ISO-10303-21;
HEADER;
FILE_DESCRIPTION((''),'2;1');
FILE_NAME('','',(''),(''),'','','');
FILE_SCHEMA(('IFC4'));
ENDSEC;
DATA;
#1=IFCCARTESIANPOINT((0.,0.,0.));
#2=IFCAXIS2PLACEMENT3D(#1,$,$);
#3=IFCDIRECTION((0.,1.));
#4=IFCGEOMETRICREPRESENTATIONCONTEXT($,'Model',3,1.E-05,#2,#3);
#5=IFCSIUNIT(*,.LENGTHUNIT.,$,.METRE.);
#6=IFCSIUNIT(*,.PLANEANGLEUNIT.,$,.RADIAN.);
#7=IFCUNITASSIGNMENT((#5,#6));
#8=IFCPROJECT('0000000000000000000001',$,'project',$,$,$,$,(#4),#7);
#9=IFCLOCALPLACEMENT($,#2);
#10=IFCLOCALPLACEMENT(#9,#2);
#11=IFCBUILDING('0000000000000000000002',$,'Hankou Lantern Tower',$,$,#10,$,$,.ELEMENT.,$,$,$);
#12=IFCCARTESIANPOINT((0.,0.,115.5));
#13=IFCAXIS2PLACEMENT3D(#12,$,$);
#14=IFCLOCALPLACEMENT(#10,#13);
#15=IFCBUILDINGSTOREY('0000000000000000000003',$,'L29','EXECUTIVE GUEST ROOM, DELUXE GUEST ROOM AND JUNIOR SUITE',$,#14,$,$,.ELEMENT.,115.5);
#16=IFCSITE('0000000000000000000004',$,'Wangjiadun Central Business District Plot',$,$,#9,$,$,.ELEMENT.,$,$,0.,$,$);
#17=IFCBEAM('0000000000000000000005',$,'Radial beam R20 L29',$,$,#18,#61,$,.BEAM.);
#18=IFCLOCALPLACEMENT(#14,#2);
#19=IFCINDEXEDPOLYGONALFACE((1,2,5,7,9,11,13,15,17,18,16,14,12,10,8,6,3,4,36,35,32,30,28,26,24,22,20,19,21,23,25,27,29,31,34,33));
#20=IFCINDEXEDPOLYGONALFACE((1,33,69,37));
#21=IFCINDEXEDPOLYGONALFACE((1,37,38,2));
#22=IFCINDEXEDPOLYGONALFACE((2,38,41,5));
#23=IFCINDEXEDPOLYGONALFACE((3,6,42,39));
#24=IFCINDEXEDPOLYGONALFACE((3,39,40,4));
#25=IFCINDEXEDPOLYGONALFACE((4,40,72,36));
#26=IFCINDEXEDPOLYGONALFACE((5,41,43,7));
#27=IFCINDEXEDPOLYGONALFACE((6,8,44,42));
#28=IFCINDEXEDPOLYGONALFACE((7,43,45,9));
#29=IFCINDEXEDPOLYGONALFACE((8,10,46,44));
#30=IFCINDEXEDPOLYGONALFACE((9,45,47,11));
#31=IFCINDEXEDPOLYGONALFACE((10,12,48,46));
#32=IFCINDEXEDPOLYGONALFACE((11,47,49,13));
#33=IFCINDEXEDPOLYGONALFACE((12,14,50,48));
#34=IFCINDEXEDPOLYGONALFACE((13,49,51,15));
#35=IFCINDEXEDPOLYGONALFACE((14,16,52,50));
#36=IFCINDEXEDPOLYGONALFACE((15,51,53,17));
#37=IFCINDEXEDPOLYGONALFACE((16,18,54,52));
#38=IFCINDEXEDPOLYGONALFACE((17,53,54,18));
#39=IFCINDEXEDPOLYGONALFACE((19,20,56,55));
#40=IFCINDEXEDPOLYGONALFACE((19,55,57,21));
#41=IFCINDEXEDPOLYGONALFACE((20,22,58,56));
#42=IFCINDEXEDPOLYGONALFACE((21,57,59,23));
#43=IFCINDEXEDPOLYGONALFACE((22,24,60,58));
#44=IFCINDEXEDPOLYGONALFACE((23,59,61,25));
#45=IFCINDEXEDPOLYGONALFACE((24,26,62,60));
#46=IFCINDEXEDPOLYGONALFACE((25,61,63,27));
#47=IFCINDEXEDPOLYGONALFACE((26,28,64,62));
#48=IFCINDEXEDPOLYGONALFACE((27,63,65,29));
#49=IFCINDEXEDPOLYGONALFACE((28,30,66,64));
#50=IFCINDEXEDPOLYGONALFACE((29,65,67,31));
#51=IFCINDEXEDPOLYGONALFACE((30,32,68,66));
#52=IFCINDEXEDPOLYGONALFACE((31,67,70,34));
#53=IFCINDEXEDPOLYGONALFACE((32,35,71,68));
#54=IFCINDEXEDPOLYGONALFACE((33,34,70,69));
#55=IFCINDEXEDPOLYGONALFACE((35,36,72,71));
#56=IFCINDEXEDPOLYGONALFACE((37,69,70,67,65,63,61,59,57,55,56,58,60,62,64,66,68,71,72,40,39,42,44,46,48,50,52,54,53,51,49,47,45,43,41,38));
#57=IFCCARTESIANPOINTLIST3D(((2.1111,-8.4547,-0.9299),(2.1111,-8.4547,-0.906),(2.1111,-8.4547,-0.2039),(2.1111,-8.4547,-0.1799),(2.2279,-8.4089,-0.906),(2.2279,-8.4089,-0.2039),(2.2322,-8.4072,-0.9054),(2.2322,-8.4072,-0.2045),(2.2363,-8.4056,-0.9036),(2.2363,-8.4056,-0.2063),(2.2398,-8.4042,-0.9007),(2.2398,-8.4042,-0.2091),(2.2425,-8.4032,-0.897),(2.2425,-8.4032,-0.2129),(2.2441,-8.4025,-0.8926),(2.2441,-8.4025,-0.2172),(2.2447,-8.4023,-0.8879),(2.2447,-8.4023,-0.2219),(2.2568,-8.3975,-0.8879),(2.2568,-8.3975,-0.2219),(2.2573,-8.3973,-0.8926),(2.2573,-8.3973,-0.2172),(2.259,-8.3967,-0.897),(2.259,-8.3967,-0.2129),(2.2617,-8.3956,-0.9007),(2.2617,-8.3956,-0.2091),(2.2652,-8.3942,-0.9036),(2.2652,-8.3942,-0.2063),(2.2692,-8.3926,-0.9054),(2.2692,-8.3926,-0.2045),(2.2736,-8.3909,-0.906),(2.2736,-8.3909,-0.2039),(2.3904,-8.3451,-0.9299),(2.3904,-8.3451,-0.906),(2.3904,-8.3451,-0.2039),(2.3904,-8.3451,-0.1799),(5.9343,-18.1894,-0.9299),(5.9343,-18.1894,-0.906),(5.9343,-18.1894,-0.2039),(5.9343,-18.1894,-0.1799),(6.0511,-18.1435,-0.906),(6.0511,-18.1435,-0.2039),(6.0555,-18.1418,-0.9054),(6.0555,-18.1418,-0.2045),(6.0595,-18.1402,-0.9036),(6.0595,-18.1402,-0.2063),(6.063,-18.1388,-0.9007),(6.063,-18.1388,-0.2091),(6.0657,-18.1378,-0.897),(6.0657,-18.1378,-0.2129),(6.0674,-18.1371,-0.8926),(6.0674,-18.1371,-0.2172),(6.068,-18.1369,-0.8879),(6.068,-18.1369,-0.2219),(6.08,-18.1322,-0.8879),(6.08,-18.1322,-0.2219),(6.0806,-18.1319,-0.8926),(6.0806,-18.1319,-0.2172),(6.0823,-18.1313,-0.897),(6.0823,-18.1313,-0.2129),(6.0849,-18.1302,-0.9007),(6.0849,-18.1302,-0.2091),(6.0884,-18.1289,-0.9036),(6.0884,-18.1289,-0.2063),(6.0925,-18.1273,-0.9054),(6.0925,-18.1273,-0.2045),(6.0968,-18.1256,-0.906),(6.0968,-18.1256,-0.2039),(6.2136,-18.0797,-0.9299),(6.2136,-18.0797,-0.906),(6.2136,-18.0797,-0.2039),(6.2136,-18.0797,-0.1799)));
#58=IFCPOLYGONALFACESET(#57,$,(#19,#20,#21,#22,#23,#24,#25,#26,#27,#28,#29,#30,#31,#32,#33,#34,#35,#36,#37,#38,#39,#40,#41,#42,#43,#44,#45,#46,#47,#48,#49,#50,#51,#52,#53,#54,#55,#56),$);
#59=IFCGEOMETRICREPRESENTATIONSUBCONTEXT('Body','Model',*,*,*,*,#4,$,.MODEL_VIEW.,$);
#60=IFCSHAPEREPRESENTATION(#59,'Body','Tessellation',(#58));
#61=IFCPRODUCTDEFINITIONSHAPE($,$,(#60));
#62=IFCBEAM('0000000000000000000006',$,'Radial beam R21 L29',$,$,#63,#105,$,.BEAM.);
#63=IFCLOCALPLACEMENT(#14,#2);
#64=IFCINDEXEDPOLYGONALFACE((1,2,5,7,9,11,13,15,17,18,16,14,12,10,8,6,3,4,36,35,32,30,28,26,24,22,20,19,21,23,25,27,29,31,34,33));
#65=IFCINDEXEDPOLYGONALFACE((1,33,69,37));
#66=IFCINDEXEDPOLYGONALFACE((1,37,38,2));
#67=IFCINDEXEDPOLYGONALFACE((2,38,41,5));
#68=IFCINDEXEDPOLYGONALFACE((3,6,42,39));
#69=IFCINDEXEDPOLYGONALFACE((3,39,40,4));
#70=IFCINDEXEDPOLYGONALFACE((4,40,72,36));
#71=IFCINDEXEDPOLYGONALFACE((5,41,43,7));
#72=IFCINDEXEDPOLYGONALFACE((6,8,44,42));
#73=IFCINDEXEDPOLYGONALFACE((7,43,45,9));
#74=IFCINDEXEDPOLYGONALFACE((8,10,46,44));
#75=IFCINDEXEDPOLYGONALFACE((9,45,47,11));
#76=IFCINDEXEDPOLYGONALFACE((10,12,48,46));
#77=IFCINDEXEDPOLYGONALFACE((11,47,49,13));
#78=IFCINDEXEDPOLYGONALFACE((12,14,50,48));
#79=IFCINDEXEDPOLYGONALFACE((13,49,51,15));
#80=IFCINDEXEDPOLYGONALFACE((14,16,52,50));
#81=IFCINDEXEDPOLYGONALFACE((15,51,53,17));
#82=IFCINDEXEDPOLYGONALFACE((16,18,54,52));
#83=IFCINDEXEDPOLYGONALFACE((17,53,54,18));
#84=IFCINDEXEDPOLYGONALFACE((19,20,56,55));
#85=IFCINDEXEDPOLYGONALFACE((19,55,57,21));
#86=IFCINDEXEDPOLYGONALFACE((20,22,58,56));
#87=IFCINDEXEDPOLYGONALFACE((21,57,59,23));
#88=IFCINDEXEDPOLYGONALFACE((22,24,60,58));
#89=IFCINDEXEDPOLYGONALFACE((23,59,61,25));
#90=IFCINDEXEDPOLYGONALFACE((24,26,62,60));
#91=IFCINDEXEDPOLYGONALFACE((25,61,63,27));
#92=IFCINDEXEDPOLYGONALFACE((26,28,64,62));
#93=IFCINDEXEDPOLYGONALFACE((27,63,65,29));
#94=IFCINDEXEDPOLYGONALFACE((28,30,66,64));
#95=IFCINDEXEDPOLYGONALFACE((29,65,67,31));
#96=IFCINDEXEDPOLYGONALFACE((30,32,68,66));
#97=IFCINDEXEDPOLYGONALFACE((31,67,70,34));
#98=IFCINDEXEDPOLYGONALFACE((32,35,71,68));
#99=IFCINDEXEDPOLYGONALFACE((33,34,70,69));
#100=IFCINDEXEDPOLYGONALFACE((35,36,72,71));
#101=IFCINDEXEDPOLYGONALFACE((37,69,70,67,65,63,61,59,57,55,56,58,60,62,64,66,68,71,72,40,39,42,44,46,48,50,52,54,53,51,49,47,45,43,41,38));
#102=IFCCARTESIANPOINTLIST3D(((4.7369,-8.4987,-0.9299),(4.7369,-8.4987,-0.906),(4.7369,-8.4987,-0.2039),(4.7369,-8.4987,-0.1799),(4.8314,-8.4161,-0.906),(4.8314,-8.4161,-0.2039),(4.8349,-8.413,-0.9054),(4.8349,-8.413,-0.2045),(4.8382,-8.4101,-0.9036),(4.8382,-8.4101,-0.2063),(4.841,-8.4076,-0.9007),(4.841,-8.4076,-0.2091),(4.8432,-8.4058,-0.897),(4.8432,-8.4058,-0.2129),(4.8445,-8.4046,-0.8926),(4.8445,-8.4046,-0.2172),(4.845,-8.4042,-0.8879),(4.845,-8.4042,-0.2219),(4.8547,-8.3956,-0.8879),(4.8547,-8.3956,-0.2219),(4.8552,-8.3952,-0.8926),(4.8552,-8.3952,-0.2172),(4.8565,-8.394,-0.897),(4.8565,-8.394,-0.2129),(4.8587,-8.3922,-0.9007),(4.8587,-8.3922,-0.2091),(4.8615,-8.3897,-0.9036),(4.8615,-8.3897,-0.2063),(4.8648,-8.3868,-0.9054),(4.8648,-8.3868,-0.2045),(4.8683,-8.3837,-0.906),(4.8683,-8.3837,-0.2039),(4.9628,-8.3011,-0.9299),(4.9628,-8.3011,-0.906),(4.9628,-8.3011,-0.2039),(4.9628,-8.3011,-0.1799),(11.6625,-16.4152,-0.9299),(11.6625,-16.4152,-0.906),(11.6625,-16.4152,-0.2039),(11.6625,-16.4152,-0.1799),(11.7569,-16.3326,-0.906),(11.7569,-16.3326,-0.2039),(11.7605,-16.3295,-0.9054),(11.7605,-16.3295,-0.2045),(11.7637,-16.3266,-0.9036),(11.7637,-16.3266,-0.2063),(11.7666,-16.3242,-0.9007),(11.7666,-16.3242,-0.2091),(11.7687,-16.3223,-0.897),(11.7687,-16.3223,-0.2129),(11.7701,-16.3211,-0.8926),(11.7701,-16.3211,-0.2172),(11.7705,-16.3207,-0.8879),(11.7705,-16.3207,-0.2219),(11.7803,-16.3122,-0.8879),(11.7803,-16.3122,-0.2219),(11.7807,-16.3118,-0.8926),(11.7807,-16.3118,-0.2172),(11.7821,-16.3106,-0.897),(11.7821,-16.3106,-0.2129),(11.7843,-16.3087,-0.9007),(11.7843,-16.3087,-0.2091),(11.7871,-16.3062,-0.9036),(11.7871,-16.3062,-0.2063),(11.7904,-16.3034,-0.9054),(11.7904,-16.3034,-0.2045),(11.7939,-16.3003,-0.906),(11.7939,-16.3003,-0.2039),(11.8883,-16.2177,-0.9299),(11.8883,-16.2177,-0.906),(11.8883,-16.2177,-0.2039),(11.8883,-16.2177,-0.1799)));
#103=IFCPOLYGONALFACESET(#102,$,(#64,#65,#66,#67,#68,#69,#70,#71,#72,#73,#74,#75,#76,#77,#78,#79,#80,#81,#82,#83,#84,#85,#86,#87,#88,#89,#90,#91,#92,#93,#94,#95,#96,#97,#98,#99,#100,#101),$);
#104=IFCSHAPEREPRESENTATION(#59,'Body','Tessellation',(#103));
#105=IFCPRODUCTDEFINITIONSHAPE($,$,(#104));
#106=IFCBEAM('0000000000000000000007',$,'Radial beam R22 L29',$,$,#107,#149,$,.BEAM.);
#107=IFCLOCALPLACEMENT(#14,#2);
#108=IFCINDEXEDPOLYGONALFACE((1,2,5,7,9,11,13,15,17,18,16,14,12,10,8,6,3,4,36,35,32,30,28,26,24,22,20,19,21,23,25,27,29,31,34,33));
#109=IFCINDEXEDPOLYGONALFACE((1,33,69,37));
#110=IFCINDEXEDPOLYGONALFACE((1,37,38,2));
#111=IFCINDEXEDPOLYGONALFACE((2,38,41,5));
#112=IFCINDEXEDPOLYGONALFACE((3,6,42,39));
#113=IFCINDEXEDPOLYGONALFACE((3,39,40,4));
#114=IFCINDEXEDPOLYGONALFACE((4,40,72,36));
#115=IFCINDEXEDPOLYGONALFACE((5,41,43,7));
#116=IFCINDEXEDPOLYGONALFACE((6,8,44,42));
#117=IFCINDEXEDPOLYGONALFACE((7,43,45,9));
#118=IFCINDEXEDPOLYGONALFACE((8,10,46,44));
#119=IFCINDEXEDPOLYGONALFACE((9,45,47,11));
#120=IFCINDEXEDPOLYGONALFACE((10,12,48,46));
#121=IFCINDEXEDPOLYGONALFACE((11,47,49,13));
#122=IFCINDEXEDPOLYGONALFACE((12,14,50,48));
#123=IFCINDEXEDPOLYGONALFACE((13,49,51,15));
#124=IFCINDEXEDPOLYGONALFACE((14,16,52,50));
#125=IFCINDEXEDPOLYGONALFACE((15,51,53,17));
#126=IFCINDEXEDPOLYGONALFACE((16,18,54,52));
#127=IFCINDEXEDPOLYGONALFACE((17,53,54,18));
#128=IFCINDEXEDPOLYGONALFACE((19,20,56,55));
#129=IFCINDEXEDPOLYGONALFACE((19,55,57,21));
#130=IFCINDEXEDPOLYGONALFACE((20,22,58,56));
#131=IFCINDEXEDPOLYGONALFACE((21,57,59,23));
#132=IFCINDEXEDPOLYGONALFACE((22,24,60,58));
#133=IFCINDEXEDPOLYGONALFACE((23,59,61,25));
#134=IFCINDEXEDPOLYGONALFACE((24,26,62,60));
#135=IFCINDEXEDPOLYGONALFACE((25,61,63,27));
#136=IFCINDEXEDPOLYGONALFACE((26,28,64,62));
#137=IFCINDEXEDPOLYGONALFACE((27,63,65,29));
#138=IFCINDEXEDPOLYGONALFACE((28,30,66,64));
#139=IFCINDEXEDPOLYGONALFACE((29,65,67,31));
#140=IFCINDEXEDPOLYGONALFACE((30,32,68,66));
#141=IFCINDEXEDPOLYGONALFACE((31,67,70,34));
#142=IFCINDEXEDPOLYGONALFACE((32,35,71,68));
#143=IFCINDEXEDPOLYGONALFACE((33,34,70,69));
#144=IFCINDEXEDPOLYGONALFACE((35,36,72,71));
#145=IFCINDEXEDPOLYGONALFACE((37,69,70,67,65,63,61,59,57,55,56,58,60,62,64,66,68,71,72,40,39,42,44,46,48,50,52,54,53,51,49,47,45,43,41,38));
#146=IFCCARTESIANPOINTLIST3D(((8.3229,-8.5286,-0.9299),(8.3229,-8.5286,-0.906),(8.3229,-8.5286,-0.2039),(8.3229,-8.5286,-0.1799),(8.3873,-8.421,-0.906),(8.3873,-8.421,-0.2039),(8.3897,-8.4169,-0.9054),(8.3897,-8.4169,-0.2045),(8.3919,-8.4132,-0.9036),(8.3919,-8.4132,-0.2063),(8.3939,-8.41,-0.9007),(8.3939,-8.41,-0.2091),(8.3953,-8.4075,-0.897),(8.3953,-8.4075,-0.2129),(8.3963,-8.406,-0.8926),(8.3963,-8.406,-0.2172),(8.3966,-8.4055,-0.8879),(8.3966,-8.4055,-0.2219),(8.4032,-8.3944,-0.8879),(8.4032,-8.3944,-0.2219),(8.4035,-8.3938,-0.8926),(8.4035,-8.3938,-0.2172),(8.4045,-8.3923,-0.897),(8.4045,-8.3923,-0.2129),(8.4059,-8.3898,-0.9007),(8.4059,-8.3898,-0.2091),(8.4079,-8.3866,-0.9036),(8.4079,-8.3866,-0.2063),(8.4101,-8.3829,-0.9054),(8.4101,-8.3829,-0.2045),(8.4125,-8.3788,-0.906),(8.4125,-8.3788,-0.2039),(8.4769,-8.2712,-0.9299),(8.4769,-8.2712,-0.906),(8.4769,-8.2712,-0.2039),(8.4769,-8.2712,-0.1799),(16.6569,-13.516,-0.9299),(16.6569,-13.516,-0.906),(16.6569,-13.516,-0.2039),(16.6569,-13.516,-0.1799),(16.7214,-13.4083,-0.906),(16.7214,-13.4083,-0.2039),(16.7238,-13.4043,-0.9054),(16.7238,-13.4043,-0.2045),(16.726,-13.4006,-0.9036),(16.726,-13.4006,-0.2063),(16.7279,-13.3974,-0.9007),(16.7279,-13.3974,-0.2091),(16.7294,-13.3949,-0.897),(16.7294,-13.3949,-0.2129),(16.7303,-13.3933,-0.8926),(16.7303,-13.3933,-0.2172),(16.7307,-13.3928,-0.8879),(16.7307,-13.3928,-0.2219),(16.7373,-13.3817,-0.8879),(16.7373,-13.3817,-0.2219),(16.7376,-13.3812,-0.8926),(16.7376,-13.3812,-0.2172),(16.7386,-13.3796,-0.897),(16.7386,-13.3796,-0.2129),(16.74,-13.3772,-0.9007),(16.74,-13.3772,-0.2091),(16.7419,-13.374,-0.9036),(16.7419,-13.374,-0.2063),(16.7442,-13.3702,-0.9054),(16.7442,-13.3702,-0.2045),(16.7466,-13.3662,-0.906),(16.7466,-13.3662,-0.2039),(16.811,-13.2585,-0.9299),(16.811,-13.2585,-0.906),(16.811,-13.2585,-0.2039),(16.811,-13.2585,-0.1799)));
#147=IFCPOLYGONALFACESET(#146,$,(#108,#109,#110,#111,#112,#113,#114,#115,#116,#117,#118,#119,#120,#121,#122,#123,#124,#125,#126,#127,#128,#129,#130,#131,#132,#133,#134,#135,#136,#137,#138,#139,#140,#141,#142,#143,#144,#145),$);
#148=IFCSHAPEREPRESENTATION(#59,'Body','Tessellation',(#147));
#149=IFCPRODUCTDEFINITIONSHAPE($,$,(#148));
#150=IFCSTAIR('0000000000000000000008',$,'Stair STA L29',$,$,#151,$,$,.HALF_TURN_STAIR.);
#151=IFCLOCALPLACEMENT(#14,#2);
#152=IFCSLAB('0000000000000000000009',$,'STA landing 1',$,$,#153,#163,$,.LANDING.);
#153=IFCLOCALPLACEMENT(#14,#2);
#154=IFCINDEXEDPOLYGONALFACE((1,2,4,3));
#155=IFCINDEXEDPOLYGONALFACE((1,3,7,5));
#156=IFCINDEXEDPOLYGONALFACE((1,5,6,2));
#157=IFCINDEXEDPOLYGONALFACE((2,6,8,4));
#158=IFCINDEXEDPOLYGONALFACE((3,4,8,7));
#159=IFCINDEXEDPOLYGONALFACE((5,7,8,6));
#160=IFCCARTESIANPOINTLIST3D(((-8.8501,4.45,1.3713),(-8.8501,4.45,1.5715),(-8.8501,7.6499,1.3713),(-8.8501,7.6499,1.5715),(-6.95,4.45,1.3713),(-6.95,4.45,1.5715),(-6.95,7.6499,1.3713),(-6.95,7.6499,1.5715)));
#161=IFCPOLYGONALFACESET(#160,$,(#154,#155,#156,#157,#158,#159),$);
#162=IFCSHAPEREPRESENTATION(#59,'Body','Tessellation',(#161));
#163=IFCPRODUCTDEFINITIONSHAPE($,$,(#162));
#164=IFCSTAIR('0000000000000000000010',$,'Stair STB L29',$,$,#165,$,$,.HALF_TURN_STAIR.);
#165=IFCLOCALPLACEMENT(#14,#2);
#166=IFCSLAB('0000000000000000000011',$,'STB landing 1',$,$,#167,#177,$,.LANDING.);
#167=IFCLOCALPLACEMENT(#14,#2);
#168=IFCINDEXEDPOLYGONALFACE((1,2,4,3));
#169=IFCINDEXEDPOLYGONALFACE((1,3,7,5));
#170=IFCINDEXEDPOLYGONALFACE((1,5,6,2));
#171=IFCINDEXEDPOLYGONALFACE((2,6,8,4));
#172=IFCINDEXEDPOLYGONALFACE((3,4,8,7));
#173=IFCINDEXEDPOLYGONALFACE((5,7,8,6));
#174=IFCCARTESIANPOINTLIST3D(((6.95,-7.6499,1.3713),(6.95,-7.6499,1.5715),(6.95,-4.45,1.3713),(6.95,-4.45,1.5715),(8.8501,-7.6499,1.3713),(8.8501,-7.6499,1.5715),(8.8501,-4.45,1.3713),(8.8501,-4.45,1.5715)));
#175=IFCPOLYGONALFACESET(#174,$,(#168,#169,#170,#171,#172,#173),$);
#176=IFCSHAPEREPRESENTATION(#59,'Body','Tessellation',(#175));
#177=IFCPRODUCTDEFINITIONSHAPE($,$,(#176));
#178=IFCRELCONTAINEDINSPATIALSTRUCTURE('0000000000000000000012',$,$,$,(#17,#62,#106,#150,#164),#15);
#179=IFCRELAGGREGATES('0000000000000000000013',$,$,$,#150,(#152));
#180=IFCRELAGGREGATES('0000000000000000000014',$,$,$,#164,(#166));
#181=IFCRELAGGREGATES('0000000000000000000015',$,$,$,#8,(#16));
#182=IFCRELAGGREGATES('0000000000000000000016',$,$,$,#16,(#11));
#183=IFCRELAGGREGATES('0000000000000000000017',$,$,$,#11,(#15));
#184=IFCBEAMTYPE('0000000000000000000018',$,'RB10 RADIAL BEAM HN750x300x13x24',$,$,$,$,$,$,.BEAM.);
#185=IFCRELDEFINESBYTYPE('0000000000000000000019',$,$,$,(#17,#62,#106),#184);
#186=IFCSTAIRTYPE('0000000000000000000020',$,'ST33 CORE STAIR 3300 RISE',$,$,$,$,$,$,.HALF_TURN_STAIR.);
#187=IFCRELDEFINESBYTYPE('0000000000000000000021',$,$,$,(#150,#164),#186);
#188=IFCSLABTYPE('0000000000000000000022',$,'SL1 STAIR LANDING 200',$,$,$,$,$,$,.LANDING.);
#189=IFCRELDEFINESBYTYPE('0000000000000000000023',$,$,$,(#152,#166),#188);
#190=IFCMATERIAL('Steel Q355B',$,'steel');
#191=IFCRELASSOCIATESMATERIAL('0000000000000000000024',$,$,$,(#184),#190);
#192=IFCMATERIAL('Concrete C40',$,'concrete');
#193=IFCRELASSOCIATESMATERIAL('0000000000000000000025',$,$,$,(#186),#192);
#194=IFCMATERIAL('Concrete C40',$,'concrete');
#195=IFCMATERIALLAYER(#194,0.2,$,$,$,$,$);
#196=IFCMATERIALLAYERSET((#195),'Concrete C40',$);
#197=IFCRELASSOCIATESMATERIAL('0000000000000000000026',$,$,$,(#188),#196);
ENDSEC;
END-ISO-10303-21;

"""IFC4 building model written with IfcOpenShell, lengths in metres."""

from ifc_helpers import new_model, si_unit, direction, frame, origin, origin_2d, place, context, subcontext, project, spatial, polyline, i_section, outline, extrude, material, layer, layer_set, material_profile, profile_set, type_object, element, aggregate, save


model = new_model("IFC4")

# Units and contexts
model_context = context("Model", 3, precision=1e-05, world=origin(), true_north=direction((0.0, 1.0)))
body_context = subcontext(model_context, "Body", "Model", "MODEL_VIEW")
ifc_project = project(units=[si_unit("LENGTHUNIT", "METRE"), si_unit("PLANEANGLEUNIT", "RADIAN")], contexts=[model_context])

# Site, building, storey
site_placement = place(None, origin())
site = spatial("IfcSite", under=ifc_project, at=site_placement, Name="Wangjiadun Central Business District Plot", CompositionType="ELEMENT", RefElevation=0.0)
building_placement = place(site_placement, origin())
building = spatial("IfcBuilding", under=site, at=building_placement, Name="Hankou Lantern Tower", CompositionType="ELEMENT")
storey_placement = place(building_placement, frame((0.0, 0.0, 115.5)))
storey = spatial("IfcBuildingStorey", under=building, at=storey_placement, Name="L29", Description="EXECUTIVE GUEST ROOM, DELUXE GUEST ROOM AND JUNIOR SUITE", CompositionType="ELEMENT", Elevation=115.5)

# Beams
ifc_material_1 = material(Name="Steel Q355B", Category="steel")
ifc_material_profile = material_profile(ifc_material_1, i_section(OverallWidth=0.3, OverallDepth=0.75, WebThickness=0.0129, FlangeThickness=0.0239, FilletRadius=0.0181, at=origin_2d()), Name="HN750x300x13x24")
ifc_profile_set = profile_set([ifc_material_profile], Name="Steel Q355B")
beam_type = type_object("IfcBeamType", Name="RB10 RADIAL BEAM HN750x300x13x24", PredefinedType="BEAM", material=ifc_profile_set)
beam_1_placement = place(storey_placement, frame((2.2507, -8.3999, -0.5549), z_axis=(0.365564, -0.930786, 0.0), x_axis=(0.930786, 0.365564, 0.0)))
element("IfcBeam", 1, at=beam_1_placement, inside=storey, type_object=beam_type, Name="Radial beam R20 L29", PredefinedType="BEAM", context=body_context, shape_type="SweptSolid", body=[
    extrude(i_section(OverallWidth=0.3, OverallDepth=0.75, WebThickness=0.0129, FlangeThickness=0.0239, FilletRadius=0.0181, at=origin_2d()), origin(), (0.0, 0.0, 1.0), 10.4585),
])
beam_2_placement = place(storey_placement, frame((4.8499, -8.3999, -0.5549), z_axis=(0.658429, -0.752643, 0.0), x_axis=(0.752643, 0.658429, 0.0)))
element("IfcBeam", 2, at=beam_2_placement, inside=storey, type_object=beam_type, Name="Radial beam R21 L29", PredefinedType="BEAM", context=body_context, shape_type="SweptSolid", body=[
    extrude(i_section(OverallWidth=0.3, OverallDepth=0.75, WebThickness=0.0129, FlangeThickness=0.0239, FilletRadius=0.0181, at=origin_2d()), origin(), (0.0, 0.0, 1.0), 10.5183),
])
beam_3_placement = place(storey_placement, frame((8.3999, -8.3999, -0.5549), z_axis=(0.858087, -0.513505, 0.0), x_axis=(0.513505, 0.858087, 0.0)))
element("IfcBeam", 3, at=beam_3_placement, inside=storey, type_object=beam_type, Name="Radial beam R22 L29", PredefinedType="BEAM", context=body_context, shape_type="SweptSolid", body=[
    extrude(i_section(OverallWidth=0.3, OverallDepth=0.75, WebThickness=0.0129, FlangeThickness=0.0239, FilletRadius=0.0181, at=origin_2d()), origin(), (0.0, 0.0, 1.0), 9.7124),
])

# Stairs, slabs
ifc_material_2 = material(Name="Concrete C40", Category="concrete")
stair_type = type_object("IfcStairType", Name="ST33 CORE STAIR 3300 RISE", PredefinedType="HALF_TURN_STAIR", material=ifc_material_2)
stair_1_placement = place(storey_placement, origin())
stair_1 = element("IfcStair", 4, at=stair_1_placement, inside=storey, type_object=stair_type, Name="Stair STA L29", PredefinedType="HALF_TURN_STAIR")
ifc_material_3 = material(Name="Concrete C40", Category="concrete")
ifc_layer_1 = layer(ifc_material_3, 0.2)
ifc_layer_set_1 = layer_set([ifc_layer_1], Name="Concrete C40")
slab_type = type_object("IfcSlabType", Name="SL1 STAIR LANDING 200", PredefinedType="LANDING", material=ifc_layer_set_1)
slab_1_placement = place(storey_placement, frame((0.0, 0.0, 1.3713)))
slab_1 = element("IfcSlab", 5, at=slab_1_placement, type_object=slab_type, Name="STA landing 1", PredefinedType="LANDING", context=body_context, shape_type="SweptSolid", body=[
    extrude(outline(polyline([(-8.8501, 4.45), (-6.95, 4.45), (-6.95, 7.6499), (-8.8501, 7.6499), (-8.8501, 4.45)])), origin(), (0.0, 0.0, 1.0), 0.2002),
])
aggregate(stair_1, [slab_1])
stair_2_placement = place(storey_placement, origin())
stair_2 = element("IfcStair", 6, at=stair_2_placement, inside=storey, type_object=stair_type, Name="Stair STB L29", PredefinedType="HALF_TURN_STAIR")
slab_2_placement = place(storey_placement, frame((0.0, 0.0, 1.3713)))
slab_2 = element("IfcSlab", 7, at=slab_2_placement, type_object=slab_type, Name="STB landing 1", PredefinedType="LANDING", context=body_context, shape_type="SweptSolid", body=[
    extrude(outline(polyline([(8.8501, -4.45), (6.95, -4.45), (6.95, -7.6499), (8.8501, -7.6499), (8.8501, -4.45)])), origin(), (0.0, 0.0, 1.0), 0.2002),
])

aggregate(stair_2, [slab_2])

save(model, "model.ifc")
